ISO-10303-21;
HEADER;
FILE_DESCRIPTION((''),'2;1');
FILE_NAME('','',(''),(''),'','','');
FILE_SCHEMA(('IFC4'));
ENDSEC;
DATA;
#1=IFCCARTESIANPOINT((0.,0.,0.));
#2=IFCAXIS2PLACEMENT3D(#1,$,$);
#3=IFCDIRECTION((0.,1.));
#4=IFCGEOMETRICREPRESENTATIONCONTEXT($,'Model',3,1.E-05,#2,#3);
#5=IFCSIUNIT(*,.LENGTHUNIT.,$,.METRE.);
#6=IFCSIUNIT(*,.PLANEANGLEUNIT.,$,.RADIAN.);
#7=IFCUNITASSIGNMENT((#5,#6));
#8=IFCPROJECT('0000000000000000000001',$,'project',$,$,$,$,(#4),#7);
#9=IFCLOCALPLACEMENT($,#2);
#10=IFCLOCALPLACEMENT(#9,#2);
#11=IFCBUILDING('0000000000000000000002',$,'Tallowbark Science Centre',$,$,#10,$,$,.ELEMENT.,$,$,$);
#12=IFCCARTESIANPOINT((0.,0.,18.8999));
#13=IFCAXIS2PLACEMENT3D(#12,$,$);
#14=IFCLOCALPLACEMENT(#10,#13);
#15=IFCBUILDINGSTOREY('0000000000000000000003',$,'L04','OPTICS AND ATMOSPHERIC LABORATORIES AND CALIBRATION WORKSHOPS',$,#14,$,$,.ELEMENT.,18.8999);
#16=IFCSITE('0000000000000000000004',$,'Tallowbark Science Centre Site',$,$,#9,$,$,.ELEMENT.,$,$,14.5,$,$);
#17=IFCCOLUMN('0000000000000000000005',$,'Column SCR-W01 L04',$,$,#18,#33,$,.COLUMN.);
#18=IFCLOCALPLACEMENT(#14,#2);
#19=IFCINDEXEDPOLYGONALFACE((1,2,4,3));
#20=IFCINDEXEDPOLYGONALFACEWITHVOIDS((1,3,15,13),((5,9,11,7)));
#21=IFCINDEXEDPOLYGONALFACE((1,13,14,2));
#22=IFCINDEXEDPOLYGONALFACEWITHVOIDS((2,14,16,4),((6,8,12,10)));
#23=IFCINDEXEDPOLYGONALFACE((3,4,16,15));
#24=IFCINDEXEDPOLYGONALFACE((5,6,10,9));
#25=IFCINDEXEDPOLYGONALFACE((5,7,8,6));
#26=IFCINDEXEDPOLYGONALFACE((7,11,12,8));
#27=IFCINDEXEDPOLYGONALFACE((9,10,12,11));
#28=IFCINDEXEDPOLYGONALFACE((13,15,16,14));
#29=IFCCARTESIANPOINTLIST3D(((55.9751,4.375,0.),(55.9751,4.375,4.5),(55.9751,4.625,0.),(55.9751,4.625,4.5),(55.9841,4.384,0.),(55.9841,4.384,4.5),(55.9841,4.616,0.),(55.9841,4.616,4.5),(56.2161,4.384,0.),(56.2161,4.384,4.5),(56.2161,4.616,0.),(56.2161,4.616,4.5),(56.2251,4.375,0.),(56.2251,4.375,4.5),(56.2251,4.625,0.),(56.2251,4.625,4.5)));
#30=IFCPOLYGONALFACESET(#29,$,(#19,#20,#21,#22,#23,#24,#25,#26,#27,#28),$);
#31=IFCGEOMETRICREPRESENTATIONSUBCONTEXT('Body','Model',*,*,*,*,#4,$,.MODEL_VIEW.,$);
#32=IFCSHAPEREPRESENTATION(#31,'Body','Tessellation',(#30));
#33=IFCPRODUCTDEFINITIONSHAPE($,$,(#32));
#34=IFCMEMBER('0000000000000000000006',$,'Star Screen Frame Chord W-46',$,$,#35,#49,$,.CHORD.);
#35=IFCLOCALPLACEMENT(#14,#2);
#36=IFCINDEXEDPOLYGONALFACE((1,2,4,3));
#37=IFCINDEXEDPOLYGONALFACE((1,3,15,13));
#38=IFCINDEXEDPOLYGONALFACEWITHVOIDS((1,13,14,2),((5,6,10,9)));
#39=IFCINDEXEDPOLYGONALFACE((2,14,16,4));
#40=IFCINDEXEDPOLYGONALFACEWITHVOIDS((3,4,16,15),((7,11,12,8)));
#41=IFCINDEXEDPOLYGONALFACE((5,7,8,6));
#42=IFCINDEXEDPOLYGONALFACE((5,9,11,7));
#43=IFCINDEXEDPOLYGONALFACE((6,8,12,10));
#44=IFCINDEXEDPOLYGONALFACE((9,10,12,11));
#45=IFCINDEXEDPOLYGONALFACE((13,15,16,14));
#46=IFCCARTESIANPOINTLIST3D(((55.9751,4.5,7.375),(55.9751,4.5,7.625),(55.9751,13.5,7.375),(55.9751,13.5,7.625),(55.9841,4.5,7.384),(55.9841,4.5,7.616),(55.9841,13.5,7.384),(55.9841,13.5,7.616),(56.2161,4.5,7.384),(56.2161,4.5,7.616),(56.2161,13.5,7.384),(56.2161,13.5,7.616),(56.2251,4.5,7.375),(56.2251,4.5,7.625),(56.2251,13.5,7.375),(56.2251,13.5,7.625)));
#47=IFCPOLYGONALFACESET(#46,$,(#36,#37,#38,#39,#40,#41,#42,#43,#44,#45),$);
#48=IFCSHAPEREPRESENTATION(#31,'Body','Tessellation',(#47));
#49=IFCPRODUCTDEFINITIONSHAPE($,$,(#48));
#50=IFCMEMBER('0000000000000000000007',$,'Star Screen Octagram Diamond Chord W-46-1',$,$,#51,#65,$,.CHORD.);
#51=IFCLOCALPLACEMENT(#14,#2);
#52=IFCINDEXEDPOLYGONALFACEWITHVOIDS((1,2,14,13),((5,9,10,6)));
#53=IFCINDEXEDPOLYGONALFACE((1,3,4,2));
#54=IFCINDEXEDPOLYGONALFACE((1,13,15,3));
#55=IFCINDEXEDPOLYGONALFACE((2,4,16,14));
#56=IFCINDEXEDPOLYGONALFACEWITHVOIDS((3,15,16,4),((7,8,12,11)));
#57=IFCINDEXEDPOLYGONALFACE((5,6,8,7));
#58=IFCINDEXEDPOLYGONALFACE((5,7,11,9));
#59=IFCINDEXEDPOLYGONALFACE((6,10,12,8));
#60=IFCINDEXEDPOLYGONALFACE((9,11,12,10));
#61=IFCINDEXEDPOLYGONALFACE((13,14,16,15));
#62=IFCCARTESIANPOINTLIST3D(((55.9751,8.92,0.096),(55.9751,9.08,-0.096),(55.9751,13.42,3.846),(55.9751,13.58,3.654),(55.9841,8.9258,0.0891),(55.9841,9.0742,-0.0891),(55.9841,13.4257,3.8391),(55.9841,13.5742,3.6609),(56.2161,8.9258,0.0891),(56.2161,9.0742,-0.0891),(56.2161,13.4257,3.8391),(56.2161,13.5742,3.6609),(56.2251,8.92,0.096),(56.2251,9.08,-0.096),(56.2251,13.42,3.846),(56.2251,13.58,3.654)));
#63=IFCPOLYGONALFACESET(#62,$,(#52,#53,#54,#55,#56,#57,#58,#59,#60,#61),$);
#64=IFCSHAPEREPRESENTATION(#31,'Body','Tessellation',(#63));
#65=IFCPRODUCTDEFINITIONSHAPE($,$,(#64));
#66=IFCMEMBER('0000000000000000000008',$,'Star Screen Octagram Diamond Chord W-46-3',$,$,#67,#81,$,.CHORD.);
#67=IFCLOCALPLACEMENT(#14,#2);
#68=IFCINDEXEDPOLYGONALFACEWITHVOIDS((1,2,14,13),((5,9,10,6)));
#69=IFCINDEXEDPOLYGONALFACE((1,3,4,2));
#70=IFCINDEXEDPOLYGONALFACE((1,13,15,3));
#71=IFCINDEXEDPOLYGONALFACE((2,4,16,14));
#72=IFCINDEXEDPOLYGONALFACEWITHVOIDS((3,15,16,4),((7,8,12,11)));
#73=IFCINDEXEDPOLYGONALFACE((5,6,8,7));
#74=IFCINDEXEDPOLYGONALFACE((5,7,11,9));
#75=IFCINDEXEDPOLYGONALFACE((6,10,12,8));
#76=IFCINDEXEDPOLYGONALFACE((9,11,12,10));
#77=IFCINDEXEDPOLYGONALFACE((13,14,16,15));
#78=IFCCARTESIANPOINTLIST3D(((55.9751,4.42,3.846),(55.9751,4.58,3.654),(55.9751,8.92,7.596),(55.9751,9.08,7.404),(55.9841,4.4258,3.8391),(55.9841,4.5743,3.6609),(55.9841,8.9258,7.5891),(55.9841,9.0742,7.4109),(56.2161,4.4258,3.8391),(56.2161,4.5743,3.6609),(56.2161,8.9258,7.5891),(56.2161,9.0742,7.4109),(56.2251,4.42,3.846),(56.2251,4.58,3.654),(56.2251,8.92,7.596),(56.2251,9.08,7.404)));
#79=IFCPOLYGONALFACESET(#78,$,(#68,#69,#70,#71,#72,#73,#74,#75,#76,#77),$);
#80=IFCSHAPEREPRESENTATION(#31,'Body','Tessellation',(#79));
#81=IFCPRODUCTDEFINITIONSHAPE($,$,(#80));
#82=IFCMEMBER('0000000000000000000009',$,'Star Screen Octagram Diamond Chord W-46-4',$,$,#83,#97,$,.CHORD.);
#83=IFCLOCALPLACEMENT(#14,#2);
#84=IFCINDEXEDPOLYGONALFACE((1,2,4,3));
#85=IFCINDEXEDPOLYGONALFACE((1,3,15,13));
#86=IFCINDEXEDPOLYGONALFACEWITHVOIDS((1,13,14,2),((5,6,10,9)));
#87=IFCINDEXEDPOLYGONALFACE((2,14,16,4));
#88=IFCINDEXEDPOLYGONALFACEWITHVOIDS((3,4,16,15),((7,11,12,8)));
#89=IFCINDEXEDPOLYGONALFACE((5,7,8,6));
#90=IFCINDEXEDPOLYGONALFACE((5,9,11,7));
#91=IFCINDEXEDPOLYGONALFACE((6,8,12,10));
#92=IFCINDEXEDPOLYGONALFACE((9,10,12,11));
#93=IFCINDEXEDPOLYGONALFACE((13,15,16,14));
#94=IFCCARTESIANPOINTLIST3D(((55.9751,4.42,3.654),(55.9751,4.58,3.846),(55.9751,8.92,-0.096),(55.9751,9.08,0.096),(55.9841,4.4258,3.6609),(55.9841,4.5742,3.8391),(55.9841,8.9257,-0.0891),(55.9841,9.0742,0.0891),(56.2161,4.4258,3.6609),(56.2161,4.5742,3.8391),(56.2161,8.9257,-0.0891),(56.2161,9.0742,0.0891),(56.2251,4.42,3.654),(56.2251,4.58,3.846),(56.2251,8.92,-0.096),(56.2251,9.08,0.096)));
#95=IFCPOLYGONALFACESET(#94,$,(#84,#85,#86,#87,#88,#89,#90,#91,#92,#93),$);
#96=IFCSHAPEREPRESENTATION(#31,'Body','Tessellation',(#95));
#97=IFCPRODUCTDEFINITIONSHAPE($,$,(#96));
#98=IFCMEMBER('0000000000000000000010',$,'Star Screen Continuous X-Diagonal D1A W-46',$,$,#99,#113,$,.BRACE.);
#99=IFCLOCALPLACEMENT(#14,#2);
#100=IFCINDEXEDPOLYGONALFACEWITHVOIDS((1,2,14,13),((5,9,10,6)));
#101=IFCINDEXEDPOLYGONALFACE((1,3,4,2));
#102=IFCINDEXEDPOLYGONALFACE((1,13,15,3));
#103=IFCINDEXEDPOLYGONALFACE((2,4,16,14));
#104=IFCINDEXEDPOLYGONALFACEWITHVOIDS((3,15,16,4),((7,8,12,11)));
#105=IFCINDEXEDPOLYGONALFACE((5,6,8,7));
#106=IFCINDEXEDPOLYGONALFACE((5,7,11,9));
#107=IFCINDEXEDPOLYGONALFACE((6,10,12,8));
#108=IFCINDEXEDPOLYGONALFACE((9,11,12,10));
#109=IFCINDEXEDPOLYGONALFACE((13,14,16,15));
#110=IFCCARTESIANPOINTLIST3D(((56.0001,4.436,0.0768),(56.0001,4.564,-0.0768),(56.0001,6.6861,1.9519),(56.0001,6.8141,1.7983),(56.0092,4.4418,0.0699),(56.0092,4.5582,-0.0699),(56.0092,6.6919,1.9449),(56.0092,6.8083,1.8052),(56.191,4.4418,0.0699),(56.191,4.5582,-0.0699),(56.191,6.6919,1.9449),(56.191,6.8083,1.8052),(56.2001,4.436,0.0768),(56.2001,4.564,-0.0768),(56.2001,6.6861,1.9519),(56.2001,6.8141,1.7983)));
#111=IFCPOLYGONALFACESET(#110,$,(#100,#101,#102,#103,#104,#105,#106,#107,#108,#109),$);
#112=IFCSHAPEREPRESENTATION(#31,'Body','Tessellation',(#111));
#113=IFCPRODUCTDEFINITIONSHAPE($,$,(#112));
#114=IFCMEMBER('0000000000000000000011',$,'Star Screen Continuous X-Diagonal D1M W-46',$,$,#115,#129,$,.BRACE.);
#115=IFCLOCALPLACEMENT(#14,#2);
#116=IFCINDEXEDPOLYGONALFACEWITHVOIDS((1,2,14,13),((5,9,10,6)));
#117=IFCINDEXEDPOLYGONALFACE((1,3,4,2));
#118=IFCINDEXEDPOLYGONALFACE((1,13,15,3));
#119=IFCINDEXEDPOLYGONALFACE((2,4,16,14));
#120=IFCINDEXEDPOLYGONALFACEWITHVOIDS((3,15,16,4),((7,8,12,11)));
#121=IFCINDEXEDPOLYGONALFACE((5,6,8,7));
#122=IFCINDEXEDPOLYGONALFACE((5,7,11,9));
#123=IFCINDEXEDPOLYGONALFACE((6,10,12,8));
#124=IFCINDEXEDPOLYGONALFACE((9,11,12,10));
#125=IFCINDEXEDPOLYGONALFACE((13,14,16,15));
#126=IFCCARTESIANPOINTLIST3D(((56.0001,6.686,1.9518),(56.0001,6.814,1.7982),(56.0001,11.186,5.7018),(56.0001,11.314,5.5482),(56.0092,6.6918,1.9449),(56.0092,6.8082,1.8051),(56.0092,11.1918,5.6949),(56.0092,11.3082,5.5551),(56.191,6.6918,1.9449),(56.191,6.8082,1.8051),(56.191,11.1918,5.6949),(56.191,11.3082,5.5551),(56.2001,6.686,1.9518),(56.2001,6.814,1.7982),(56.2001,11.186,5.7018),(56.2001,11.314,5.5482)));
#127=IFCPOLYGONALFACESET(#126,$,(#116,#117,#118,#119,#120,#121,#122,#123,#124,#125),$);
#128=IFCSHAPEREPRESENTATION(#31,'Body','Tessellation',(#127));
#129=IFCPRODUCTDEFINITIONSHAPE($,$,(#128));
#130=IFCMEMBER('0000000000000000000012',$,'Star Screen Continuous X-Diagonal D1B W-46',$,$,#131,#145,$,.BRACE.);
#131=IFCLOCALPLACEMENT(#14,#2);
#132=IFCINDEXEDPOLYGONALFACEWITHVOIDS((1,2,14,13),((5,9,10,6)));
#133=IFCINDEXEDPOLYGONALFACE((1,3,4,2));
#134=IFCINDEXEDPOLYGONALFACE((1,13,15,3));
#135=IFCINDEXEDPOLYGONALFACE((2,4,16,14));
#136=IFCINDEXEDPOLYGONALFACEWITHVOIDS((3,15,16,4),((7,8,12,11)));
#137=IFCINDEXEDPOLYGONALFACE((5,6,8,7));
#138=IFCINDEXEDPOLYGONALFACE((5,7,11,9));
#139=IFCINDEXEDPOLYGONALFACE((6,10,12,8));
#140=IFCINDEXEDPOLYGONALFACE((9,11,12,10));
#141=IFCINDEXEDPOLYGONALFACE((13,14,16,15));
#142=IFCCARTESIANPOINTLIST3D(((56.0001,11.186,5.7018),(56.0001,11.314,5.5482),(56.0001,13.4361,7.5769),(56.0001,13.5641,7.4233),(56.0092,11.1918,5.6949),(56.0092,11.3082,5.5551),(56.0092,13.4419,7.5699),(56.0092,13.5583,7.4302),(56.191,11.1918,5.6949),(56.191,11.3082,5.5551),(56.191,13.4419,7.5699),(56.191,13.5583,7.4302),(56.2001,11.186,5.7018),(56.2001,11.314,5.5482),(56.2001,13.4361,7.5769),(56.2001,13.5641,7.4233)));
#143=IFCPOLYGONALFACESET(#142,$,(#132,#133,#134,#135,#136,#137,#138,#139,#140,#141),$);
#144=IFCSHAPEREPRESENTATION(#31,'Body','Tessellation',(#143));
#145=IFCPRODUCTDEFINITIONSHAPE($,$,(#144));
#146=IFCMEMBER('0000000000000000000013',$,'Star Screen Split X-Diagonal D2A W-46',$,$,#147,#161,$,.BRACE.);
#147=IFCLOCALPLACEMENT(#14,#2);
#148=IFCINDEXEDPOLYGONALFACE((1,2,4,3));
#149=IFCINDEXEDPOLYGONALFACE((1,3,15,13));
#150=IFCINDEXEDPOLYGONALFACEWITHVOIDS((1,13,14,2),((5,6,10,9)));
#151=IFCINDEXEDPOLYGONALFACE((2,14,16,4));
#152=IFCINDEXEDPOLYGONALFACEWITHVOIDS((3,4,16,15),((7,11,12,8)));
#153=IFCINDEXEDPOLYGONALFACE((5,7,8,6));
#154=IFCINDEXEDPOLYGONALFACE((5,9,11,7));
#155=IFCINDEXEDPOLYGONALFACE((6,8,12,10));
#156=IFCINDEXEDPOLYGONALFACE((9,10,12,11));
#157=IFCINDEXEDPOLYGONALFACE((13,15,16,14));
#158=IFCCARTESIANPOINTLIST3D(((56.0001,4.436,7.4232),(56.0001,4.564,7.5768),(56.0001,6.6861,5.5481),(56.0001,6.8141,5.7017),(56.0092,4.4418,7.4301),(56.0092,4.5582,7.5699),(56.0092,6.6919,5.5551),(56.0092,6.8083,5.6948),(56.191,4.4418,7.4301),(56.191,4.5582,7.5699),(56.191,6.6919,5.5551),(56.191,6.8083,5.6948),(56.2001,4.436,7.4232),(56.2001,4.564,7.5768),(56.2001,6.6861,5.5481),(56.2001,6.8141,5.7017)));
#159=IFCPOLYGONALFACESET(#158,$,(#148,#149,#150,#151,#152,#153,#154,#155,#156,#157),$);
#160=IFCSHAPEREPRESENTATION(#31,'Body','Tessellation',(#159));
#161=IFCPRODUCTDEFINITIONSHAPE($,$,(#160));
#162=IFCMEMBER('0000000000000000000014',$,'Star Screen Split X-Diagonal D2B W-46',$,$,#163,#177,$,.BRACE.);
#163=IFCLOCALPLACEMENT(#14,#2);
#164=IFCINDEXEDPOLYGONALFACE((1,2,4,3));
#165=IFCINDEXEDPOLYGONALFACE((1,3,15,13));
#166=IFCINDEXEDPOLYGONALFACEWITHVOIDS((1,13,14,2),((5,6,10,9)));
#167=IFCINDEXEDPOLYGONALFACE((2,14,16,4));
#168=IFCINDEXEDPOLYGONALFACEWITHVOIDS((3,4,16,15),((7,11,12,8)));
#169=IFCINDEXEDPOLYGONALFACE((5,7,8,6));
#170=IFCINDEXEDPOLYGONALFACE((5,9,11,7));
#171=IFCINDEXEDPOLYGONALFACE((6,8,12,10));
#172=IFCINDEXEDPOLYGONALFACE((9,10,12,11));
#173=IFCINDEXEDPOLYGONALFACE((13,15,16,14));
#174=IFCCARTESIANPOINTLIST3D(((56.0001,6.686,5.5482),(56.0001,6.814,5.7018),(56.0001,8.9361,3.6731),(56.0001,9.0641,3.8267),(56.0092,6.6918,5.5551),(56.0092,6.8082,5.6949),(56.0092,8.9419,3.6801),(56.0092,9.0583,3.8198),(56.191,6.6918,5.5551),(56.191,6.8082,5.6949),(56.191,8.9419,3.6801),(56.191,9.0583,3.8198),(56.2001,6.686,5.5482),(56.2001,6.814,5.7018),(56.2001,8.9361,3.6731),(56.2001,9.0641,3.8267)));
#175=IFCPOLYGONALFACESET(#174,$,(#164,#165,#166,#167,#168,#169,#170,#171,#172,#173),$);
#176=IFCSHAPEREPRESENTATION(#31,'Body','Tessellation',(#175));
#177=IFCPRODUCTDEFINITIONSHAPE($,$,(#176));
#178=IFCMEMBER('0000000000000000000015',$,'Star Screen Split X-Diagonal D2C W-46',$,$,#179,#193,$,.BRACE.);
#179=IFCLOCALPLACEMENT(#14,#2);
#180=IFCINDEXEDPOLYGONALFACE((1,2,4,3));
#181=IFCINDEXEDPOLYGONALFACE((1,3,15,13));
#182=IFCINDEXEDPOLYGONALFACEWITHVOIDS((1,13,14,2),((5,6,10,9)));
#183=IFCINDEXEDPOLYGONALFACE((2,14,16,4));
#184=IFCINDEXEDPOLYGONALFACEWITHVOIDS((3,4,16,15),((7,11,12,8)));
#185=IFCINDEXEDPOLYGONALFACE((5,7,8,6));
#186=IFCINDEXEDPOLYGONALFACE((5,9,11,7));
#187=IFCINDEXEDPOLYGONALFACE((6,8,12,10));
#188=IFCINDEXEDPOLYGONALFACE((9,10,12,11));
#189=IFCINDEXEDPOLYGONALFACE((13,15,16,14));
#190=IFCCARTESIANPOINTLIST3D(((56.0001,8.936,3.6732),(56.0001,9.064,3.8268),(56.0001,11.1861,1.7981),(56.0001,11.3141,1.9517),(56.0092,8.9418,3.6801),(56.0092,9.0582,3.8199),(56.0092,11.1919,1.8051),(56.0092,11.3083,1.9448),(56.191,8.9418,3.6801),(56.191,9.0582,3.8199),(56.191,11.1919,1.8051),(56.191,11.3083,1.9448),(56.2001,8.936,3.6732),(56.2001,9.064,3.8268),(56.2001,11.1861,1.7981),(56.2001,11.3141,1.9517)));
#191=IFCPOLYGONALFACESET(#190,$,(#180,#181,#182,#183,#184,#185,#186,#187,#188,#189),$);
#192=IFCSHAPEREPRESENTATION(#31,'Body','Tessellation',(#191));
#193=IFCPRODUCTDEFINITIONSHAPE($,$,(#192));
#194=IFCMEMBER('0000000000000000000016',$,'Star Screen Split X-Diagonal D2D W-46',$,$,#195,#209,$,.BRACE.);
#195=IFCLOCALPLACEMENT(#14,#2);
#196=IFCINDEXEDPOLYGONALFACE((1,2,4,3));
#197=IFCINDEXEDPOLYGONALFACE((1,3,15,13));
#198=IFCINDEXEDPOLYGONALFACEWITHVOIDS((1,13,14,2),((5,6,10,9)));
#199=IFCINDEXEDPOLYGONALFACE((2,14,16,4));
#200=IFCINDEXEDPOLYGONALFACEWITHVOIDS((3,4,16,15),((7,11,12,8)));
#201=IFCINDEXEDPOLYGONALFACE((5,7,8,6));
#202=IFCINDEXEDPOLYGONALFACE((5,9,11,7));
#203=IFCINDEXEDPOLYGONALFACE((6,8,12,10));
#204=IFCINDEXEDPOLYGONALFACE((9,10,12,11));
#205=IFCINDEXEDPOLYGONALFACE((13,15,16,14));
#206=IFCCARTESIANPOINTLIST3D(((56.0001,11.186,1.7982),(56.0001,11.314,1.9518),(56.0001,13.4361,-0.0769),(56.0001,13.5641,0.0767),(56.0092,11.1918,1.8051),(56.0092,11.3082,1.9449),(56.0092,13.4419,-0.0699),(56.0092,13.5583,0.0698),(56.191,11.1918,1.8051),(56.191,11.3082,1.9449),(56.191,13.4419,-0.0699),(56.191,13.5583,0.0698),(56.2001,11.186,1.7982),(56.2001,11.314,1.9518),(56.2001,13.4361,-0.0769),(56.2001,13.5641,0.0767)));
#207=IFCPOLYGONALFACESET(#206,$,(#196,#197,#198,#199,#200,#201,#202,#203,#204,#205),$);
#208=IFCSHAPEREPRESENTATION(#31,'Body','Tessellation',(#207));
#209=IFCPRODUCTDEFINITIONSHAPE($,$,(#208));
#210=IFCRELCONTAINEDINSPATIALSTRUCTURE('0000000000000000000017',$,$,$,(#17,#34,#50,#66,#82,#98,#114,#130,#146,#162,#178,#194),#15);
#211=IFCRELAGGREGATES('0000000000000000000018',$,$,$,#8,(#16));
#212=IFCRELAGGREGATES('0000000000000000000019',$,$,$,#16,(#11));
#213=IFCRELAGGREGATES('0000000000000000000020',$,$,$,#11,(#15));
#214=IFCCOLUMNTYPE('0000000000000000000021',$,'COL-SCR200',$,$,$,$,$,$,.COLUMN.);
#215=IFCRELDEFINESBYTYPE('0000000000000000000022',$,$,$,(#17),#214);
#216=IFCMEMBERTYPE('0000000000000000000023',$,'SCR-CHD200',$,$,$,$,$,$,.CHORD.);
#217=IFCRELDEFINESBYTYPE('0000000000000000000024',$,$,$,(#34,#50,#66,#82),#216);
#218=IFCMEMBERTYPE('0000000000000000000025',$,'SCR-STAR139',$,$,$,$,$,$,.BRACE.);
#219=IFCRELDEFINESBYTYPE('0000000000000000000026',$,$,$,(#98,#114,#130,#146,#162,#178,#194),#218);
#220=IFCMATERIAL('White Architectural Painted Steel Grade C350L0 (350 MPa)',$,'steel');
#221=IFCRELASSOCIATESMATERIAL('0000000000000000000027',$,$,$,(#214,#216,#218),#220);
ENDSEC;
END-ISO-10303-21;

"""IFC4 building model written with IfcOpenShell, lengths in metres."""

from ifc_helpers import new_model, si_unit, direction, frame, origin, origin_2d, place, context, subcontext, project, spatial, hollow_rectangle, extrude, material, material_profile, profile_set, type_object, element, save


model = new_model("IFC4")

# Units and contexts
model_context = context("Model", 3, precision=1e-05, world=origin(), true_north=direction((0.0, 1.0)))
body_context = subcontext(model_context, "Body", "Model", "MODEL_VIEW")
ifc_project = project(units=[si_unit("LENGTHUNIT", "METRE"), si_unit("PLANEANGLEUNIT", "RADIAN")], contexts=[model_context])

# Site, building, storey
site_placement = place(None, origin())
site = spatial("IfcSite", under=ifc_project, at=site_placement, Name="Tallowbark Science Centre Site", CompositionType="ELEMENT", RefElevation=14.5)
building_placement = place(site_placement, origin())
building = spatial("IfcBuilding", under=site, at=building_placement, Name="Tallowbark Science Centre", CompositionType="ELEMENT")
storey_placement = place(building_placement, frame((0.0, 0.0, 18.8999)))
storey = spatial("IfcBuildingStorey", under=building, at=storey_placement, Name="L04", Description="OPTICS AND ATMOSPHERIC LABORATORIES AND CALIBRATION WORKSHOPS", CompositionType="ELEMENT", Elevation=18.8999)

# Column
ifc_material_1 = material(Name="White Architectural Painted Steel Grade C350L0 (350 MPa)", Category="steel")
ifc_material_profile_1 = material_profile(ifc_material_1, hollow_rectangle(XDim=0.25, YDim=0.25, WallThickness=0.009, at=origin_2d()), Name="250x250x9.0SHS")
ifc_profile_set_1 = profile_set([ifc_material_profile_1], Name="White Architectural Painted Steel Grade C350L0 (350 MPa)")
column_type = type_object("IfcColumnType", Name="COL-SCR200", PredefinedType="COLUMN", material=ifc_profile_set_1)
column_placement = place(storey_placement, frame((56.1001, 4.5, 0.0), z_axis=(0.0, 0.0, 1.0), x_axis=(1.0, 0.0, 0.0)))
element("IfcColumn", 1, at=column_placement, inside=storey, type_object=column_type, Name="Column SCR-W01 L04", PredefinedType="COLUMN", context=body_context, shape_type="SweptSolid", body=[
    extrude(hollow_rectangle(XDim=0.25, YDim=0.25, WallThickness=0.009, at=origin_2d()), origin(), (0.0, 0.0, 1.0), 4.5),
])

# Members
ifc_material_profile_2 = material_profile(ifc_material_1, hollow_rectangle(XDim=0.25, YDim=0.25, WallThickness=0.009, at=origin_2d()), Name="250x250x9.0SHS")
ifc_profile_set_2 = profile_set([ifc_material_profile_2], Name="White Architectural Painted Steel Grade C350L0 (350 MPa)")
member_type_1 = type_object("IfcMemberType", Name="SCR-CHD200", PredefinedType="CHORD", material=ifc_profile_set_2)
member_1_placement = place(storey_placement, frame((56.1001, 4.5, 7.5), z_axis=(0.0, 1.0, 0.0), x_axis=(-1.0, 0.0, 0.0)))
element("IfcMember", 2, at=member_1_placement, inside=storey, type_object=member_type_1, Name="Star Screen Frame Chord W-46", PredefinedType="CHORD", context=body_context, shape_type="SweptSolid", body=[
    extrude(hollow_rectangle(XDim=0.25, YDim=0.25, WallThickness=0.009, at=origin_2d()), origin(), (0.0, 0.0, 1.0), 9.0),
])
for number, where, z_axis, x_axis, name in (
    (3, (56.1001, 9.0, 0.0), (0.0, 0.768221, 0.640184), (-1.0, 0.0, 0.0), "Star Screen Octagram Diamond Chord W-46-1"),
    (4, (56.1001, 9.0, 7.5), (0.0, -0.768221, -0.640184), (1.0, 0.0, 0.0), "Star Screen Octagram Diamond Chord W-46-3"),
    (5, (56.1001, 4.5, 3.75), (0.0, 0.768221, -0.640184), (-1.0, 0.0, 0.0), "Star Screen Octagram Diamond Chord W-46-4"),
):
    element("IfcMember", number, at=place(storey_placement, frame(where, z_axis=z_axis, x_axis=x_axis)), inside=storey, type_object=member_type_1, Name=name, PredefinedType="CHORD", context=body_context, shape_type="SweptSolid", body=[
        extrude(hollow_rectangle(XDim=0.25, YDim=0.25, WallThickness=0.009, at=origin_2d()), origin(), (0.0, 0.0, 1.0), 5.8577),
    ])
ifc_material_profile_3 = material_profile(ifc_material_1, hollow_rectangle(XDim=0.2, YDim=0.2, WallThickness=0.009, at=origin_2d()), Name="200x200x9.0SHS")
ifc_profile_set_3 = profile_set([ifc_material_profile_3], Name="White Architectural Painted Steel Grade C350L0 (350 MPa)")
member_type_2 = type_object("IfcMemberType", Name="SCR-STAR139", PredefinedType="BRACE", material=ifc_profile_set_3)
member_2_placement = place(storey_placement, frame((56.1001, 4.5, 0.0), z_axis=(0.0, 0.768221, 0.640184), x_axis=(-1.0, 0.0, 0.0)))
element("IfcMember", 6, at=member_2_placement, inside=storey, type_object=member_type_2, Name="Star Screen Continuous X-Diagonal D1A W-46", PredefinedType="BRACE", context=body_context, shape_type="SweptSolid", body=[
    extrude(hollow_rectangle(XDim=0.2, YDim=0.2, WallThickness=0.009, at=origin_2d()), origin(), (0.0, 0.0, 1.0), 2.929),
])
member_3_placement = place(storey_placement, frame((56.1001, 6.75, 1.875), z_axis=(0.0, 0.768221, 0.640184), x_axis=(-1.0, 0.0, 0.0)))
element("IfcMember", 7, at=member_3_placement, inside=storey, type_object=member_type_2, Name="Star Screen Continuous X-Diagonal D1M W-46", PredefinedType="BRACE", context=body_context, shape_type="SweptSolid", body=[
    extrude(hollow_rectangle(XDim=0.2, YDim=0.2, WallThickness=0.009, at=origin_2d()), origin(), (0.0, 0.0, 1.0), 5.8577),
])
for number, where, z_axis, x_axis, name in (
    (8, (56.1001, 11.25, 5.625), (0.0, 0.768221, 0.640184), (-1.0, 0.0, 0.0), "Star Screen Continuous X-Diagonal D1B W-46"),
    (9, (56.1001, 4.5, 7.5), (0.0, 0.768221, -0.640184), (-1.0, 0.0, 0.0), "Star Screen Split X-Diagonal D2A W-46"),
    (10, (56.1001, 6.75, 5.625), (0.0, 0.768221, -0.640184), (-1.0, 0.0, 0.0), "Star Screen Split X-Diagonal D2B W-46"),
    (11, (56.1001, 9.0, 3.75), (0.0, 0.768221, -0.640184), (-1.0, 0.0, 0.0), "Star Screen Split X-Diagonal D2C W-46"),
    (12, (56.1001, 11.25, 1.875), (0.0, 0.768221, -0.640184), (-1.0, 0.0, 0.0), "Star Screen Split X-Diagonal D2D W-46"),
):
    element("IfcMember", number, at=place(storey_placement, frame(where, z_axis=z_axis, x_axis=x_axis)), inside=storey, type_object=member_type_2, Name=name, PredefinedType="BRACE", context=body_context, shape_type="SweptSolid", body=[
        extrude(hollow_rectangle(XDim=0.2, YDim=0.2, WallThickness=0.009, at=origin_2d()), origin(), (0.0, 0.0, 1.0), 2.929),
    ])

save(model, "model.ifc")
